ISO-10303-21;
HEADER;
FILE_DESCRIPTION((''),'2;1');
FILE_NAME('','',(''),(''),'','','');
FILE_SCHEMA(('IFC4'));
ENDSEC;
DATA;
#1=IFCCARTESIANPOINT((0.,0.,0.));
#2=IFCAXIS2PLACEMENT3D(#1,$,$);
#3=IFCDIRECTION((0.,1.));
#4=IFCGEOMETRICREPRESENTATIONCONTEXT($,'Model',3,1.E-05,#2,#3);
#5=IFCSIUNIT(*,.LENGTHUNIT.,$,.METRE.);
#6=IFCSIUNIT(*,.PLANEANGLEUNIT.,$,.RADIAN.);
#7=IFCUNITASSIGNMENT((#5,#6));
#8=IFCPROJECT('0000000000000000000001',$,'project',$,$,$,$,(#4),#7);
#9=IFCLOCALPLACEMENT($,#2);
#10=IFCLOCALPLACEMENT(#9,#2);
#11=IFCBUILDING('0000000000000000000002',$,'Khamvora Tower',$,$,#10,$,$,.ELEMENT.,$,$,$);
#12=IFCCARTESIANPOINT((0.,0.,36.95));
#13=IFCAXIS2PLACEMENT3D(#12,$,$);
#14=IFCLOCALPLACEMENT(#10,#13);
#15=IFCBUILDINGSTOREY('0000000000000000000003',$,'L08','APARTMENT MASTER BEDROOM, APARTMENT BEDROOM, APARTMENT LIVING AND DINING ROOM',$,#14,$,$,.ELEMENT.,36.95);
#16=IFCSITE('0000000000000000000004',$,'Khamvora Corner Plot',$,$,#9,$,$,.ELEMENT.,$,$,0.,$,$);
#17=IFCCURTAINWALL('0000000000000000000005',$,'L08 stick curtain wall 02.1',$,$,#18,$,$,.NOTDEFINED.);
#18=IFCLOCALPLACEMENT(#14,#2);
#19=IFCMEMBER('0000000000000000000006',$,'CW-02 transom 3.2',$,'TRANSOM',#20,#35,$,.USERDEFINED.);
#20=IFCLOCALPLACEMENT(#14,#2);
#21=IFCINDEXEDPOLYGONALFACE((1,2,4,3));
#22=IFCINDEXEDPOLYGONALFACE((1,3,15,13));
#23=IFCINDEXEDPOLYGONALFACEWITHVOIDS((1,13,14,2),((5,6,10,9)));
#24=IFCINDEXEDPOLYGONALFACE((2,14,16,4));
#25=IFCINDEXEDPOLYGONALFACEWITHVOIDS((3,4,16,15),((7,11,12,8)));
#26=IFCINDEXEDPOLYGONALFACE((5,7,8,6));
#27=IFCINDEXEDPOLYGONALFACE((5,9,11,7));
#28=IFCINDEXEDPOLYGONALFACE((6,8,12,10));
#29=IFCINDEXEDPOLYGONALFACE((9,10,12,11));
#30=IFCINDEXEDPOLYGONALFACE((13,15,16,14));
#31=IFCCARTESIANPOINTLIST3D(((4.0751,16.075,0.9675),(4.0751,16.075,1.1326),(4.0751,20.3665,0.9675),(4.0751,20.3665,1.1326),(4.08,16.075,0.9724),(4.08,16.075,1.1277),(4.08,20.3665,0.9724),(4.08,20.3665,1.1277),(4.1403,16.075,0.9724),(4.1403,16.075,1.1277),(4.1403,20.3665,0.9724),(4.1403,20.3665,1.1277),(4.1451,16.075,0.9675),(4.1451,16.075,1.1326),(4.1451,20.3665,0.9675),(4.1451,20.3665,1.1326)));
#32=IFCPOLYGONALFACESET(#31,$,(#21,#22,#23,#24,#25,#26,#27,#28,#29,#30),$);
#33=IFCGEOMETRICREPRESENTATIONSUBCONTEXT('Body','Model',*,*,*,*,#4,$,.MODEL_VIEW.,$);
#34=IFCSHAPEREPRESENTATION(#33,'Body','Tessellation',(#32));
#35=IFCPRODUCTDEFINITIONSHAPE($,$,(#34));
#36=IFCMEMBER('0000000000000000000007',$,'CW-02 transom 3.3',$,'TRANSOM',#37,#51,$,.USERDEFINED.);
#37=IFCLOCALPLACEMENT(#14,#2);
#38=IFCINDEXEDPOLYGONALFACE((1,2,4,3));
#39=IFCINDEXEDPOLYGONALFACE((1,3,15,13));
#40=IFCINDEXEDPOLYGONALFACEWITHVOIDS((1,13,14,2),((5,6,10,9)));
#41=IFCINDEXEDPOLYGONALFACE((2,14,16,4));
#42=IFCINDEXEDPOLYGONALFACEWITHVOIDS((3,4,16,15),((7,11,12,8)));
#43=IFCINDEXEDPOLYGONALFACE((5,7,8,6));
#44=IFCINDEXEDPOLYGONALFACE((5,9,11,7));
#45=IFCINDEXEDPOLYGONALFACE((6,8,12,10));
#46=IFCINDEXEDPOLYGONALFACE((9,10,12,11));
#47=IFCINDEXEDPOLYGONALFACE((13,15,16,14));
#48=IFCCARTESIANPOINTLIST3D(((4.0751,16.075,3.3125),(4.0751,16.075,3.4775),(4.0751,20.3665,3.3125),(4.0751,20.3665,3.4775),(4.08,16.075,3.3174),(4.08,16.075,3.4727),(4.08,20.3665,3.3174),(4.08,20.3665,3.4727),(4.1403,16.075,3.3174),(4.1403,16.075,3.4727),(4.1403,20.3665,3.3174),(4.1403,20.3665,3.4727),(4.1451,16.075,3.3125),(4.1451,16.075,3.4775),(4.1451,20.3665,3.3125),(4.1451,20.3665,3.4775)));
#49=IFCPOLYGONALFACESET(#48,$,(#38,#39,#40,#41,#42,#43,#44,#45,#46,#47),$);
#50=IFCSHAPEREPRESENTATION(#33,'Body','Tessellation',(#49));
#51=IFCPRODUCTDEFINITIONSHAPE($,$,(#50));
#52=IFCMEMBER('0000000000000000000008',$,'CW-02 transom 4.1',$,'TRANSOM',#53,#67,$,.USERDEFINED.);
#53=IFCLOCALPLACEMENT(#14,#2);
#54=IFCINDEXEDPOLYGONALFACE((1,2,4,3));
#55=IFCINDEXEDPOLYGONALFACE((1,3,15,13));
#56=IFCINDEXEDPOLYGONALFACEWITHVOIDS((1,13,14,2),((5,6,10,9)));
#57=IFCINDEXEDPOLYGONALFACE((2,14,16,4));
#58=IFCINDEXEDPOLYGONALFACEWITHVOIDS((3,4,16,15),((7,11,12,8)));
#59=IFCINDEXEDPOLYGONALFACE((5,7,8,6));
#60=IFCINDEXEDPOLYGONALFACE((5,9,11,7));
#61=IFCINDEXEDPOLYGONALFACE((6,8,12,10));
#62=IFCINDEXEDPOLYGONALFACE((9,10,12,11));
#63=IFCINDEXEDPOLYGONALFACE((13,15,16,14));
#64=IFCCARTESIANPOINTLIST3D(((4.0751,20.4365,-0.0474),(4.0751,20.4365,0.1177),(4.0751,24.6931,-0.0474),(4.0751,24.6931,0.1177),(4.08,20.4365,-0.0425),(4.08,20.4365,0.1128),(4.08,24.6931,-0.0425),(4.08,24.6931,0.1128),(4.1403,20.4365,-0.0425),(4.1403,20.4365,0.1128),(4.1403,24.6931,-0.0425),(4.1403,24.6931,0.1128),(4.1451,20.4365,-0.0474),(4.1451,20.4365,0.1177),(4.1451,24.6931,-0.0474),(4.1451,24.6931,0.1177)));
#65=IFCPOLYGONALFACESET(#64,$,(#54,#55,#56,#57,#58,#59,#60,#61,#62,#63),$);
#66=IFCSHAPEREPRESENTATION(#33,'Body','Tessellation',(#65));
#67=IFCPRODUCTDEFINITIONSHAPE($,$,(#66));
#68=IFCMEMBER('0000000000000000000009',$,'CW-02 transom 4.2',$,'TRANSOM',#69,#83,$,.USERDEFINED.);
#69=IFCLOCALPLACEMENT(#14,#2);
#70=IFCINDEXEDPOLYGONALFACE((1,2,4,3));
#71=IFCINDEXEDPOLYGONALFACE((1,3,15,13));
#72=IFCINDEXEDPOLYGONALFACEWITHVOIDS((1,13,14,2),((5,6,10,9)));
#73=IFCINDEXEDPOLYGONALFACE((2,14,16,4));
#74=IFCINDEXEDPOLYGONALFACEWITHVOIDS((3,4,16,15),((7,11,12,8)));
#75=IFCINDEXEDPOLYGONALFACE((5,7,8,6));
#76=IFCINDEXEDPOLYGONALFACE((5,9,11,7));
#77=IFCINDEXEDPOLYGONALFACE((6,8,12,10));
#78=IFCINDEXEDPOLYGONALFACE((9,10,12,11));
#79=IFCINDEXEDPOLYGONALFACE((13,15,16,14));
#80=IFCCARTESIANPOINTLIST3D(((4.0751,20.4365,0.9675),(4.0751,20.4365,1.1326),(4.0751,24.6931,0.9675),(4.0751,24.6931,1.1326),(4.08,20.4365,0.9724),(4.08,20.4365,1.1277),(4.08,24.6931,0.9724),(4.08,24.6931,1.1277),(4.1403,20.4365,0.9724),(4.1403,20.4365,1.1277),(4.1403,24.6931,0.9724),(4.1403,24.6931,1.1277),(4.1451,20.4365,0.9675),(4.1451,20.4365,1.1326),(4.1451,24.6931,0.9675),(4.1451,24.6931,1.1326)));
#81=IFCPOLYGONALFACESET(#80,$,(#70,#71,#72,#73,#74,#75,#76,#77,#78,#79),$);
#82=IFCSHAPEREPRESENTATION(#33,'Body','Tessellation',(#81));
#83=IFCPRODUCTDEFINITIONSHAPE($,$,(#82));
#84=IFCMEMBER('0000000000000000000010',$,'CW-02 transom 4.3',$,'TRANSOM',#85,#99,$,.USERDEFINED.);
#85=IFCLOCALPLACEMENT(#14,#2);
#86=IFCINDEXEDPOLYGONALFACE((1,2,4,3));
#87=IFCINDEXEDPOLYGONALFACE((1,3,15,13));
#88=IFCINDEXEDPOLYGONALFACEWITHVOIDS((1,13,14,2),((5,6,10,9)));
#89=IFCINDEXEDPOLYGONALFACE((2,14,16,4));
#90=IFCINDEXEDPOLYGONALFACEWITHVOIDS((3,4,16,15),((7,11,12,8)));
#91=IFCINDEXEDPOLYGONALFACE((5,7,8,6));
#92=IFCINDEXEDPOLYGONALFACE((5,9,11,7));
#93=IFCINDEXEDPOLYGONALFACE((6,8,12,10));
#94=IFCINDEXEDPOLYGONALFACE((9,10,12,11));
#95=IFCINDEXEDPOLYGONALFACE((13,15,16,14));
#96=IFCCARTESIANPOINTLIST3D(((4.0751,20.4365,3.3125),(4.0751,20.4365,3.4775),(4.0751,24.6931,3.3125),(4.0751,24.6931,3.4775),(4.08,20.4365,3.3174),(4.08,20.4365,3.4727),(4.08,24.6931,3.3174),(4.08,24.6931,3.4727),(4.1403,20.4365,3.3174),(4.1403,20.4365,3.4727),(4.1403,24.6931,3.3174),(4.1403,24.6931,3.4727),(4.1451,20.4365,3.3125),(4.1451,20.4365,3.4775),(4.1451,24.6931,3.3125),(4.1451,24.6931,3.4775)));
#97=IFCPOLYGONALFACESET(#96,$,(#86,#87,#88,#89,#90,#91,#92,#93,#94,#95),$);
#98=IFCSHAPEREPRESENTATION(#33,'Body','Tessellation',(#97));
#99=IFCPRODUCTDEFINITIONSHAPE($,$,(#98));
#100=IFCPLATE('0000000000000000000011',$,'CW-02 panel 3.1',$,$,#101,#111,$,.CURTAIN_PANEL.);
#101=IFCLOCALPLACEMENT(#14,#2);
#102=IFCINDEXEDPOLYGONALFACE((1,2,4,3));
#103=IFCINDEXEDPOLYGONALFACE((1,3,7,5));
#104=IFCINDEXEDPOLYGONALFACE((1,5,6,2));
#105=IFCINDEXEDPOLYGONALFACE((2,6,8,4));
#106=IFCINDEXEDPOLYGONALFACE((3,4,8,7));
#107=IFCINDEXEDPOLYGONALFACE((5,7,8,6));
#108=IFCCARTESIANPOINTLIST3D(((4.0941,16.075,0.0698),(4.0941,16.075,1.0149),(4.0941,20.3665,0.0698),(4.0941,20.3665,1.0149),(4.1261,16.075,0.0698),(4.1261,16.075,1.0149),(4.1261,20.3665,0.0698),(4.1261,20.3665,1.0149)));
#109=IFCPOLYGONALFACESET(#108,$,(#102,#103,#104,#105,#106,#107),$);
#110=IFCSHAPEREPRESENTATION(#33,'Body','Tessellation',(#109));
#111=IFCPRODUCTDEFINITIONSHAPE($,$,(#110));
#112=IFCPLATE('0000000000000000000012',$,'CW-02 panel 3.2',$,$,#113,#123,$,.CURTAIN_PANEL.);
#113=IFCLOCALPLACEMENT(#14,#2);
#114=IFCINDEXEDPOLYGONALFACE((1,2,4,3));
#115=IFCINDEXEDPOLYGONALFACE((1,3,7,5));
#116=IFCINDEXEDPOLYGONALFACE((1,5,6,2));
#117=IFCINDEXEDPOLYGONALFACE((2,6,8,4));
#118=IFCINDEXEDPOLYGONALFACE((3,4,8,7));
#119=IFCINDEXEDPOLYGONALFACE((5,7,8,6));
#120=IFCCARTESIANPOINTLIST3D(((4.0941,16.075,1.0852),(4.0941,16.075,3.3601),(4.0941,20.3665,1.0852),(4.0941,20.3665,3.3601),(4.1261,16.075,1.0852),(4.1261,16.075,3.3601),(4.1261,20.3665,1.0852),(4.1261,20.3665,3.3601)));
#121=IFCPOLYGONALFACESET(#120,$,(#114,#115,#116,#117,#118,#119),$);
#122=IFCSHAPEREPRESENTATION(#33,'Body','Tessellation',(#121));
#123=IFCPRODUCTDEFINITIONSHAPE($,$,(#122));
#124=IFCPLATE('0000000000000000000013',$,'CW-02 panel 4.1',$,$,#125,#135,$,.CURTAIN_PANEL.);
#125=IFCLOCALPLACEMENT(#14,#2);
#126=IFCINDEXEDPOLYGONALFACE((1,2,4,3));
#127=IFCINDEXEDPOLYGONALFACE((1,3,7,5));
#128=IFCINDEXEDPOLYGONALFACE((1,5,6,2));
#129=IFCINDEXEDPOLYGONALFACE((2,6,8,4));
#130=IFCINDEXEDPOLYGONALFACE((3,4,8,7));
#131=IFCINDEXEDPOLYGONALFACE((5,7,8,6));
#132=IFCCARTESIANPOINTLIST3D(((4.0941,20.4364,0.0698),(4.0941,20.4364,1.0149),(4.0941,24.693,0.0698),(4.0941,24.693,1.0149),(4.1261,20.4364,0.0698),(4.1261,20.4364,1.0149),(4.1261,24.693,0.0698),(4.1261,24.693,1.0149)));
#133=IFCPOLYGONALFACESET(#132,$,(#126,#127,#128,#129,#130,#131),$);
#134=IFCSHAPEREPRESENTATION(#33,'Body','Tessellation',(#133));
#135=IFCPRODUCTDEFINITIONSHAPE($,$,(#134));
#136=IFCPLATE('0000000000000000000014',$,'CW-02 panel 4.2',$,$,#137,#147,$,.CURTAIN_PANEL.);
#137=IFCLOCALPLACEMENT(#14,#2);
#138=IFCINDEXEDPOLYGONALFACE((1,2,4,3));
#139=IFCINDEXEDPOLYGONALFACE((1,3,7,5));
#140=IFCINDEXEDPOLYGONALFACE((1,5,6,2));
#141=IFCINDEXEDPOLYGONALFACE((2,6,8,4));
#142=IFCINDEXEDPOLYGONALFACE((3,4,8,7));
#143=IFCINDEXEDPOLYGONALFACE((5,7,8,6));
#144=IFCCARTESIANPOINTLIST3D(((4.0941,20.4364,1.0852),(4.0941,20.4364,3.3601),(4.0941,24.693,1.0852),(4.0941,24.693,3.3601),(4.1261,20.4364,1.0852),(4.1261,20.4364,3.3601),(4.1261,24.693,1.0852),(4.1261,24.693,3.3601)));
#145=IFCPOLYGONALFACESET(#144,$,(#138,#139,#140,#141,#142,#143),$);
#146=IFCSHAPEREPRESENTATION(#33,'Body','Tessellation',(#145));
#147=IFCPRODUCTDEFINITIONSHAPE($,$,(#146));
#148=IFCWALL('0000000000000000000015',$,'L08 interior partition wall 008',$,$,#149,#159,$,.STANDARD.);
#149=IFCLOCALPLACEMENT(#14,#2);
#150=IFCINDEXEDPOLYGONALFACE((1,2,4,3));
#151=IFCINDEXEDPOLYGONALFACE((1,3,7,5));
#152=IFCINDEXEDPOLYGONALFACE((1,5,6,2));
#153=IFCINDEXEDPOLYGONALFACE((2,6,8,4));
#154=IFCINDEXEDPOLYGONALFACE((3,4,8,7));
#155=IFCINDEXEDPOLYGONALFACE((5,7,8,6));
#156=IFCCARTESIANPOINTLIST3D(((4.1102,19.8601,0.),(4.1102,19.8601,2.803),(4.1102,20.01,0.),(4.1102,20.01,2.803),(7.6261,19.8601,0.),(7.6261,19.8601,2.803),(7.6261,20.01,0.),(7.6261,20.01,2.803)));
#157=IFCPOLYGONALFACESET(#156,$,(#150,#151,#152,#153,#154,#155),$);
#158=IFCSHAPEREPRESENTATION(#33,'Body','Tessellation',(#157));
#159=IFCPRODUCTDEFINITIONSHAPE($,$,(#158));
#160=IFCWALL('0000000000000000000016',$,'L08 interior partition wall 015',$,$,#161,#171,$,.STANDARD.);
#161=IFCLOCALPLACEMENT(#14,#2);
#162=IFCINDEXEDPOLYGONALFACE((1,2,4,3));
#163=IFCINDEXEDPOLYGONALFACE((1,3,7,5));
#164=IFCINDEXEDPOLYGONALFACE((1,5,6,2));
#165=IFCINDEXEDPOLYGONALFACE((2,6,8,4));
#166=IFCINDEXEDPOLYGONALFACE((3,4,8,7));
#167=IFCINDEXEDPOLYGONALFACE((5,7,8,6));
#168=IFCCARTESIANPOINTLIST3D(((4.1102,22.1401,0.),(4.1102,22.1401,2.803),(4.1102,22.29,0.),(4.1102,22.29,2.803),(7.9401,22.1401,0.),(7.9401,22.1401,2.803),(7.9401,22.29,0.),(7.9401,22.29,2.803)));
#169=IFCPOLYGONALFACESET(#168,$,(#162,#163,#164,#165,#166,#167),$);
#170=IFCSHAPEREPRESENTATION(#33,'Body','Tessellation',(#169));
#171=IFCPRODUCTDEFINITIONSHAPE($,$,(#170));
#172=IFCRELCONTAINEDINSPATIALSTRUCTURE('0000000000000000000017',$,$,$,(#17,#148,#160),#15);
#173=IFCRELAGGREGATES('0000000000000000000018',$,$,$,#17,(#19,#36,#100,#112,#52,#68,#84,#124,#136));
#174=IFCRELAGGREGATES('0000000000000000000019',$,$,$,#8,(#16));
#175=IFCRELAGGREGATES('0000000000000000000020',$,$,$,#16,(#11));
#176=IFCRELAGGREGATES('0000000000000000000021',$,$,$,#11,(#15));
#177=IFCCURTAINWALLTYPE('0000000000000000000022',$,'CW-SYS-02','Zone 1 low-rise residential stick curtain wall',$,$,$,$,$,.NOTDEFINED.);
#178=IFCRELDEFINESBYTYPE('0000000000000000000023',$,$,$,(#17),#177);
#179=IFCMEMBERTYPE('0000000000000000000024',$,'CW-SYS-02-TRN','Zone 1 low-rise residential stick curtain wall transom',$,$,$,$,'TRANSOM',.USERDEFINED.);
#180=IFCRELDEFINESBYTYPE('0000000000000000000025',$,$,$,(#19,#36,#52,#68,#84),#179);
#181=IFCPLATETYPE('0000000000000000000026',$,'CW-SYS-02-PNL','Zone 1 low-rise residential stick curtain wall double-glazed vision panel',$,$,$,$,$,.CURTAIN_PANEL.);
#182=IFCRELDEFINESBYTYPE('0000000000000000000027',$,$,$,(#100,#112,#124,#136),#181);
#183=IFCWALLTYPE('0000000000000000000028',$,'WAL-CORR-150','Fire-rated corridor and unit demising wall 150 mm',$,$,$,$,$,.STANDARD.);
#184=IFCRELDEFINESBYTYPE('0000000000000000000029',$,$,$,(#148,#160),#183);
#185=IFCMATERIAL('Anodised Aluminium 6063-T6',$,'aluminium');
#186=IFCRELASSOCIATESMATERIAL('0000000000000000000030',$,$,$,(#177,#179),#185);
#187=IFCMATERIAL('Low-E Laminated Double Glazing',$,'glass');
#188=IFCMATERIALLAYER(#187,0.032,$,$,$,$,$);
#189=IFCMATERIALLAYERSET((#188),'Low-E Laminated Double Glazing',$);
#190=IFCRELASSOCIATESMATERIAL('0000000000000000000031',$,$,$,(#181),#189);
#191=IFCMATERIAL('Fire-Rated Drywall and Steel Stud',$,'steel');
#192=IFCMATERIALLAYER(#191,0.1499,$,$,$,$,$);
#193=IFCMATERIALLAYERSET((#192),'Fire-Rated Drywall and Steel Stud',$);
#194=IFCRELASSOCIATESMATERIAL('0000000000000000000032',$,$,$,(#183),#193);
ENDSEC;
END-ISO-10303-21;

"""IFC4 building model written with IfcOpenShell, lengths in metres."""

from ifc_helpers import new_model, si_unit, direction, frame, frame_2d, origin, origin_2d, place, context, subcontext, project, spatial, rectangle, hollow_rectangle, extrude, material, layer, layer_set, material_profile, profile_set, type_object, element, aggregate, save


model = new_model("IFC4")

# Units and contexts
model_context = context("Model", 3, precision=1e-05, world=origin(), true_north=direction((0.0, 1.0)))
body_context = subcontext(model_context, "Body", "Model", "MODEL_VIEW")
ifc_project = project(units=[si_unit("LENGTHUNIT", "METRE"), si_unit("PLANEANGLEUNIT", "RADIAN")], contexts=[model_context])

# Site, building, storey
site_placement = place(None, origin())
site = spatial("IfcSite", under=ifc_project, at=site_placement, Name="Khamvora Corner Plot", CompositionType="ELEMENT", RefElevation=0.0)
building_placement = place(site_placement, origin())
building = spatial("IfcBuilding", under=site, at=building_placement, Name="Khamvora Tower", CompositionType="ELEMENT")
storey_placement = place(building_placement, frame((0.0, 0.0, 36.95)))
storey = spatial("IfcBuildingStorey", under=building, at=storey_placement, Name="L08", Description="APARTMENT MASTER BEDROOM, APARTMENT BEDROOM, APARTMENT LIVING AND DINING ROOM", CompositionType="ELEMENT", Elevation=36.95)

# Curtain wall, members, plates
ifc_material_1 = material(Name="Anodised Aluminium 6063-T6", Category="aluminium")
curtain_wall_type = type_object("IfcCurtainWallType", Name="CW-SYS-02", Description="Zone 1 low-rise residential stick curtain wall", PredefinedType="NOTDEFINED", material=ifc_material_1)
curtain_wall_placement = place(storey_placement, origin())
curtain_wall = element("IfcCurtainWall", 1, at=curtain_wall_placement, inside=storey, type_object=curtain_wall_type, Name="L08 stick curtain wall 02.1", PredefinedType="NOTDEFINED")
ifc_material_profile_1 = material_profile(ifc_material_1, hollow_rectangle(XDim=0.0701, YDim=0.165, WallThickness=0.0049, at=origin_2d()), Name="TRN70x165x5")
ifc_profile_set_1 = profile_set([ifc_material_profile_1], Name="Anodised Aluminium 6063-T6")
member_type_1 = type_object("IfcMemberType", Name="CW-SYS-02-TRN", Description="Zone 1 low-rise residential stick curtain wall transom", ElementType="TRANSOM", PredefinedType="USERDEFINED", material=ifc_profile_set_1)
member_1_placement = place(storey_placement, frame((4.1101, 16.075, 1.05), z_axis=(0.0, 1.0, 0.0), x_axis=(-1.0, 0.0, 0.0)))
member_1 = element("IfcMember", 2, at=member_1_placement, type_object=member_type_1, Name="CW-02 transom 3.2", ObjectType="TRANSOM", PredefinedType="USERDEFINED", context=body_context, shape_type="SweptSolid", body=[
    extrude(hollow_rectangle(XDim=0.0701, YDim=0.165, WallThickness=0.0049, at=origin_2d()), origin(), (0.0, 0.0, 1.0), 4.2915),
])
member_2_placement = place(storey_placement, frame((4.1101, 16.075, 3.395), z_axis=(0.0, 1.0, 0.0), x_axis=(-1.0, 0.0, 0.0)))
member_2 = element("IfcMember", 3, at=member_2_placement, type_object=member_type_1, Name="CW-02 transom 3.3", ObjectType="TRANSOM", PredefinedType="USERDEFINED", context=body_context, shape_type="SweptSolid", body=[
    extrude(hollow_rectangle(XDim=0.0701, YDim=0.165, WallThickness=0.0049, at=origin_2d()), origin(), (0.0, 0.0, 1.0), 4.2915),
])
member_3_placement = place(storey_placement, frame((4.1101, 20.4365, 0.0352), z_axis=(0.0, 1.0, 0.0), x_axis=(-1.0, 0.0, 0.0)))
member_3 = element("IfcMember", 4, at=member_3_placement, type_object=member_type_1, Name="CW-02 transom 4.1", ObjectType="TRANSOM", PredefinedType="USERDEFINED", context=body_context, shape_type="SweptSolid", body=[
    extrude(hollow_rectangle(XDim=0.0701, YDim=0.165, WallThickness=0.0049, at=origin_2d()), origin(), (0.0, 0.0, 1.0), 4.2566),
])
member_4_placement = place(storey_placement, frame((4.1101, 20.4365, 1.05), z_axis=(0.0, 1.0, 0.0), x_axis=(-1.0, 0.0, 0.0)))
member_4 = element("IfcMember", 5, at=member_4_placement, type_object=member_type_1, Name="CW-02 transom 4.2", ObjectType="TRANSOM", PredefinedType="USERDEFINED", context=body_context, shape_type="SweptSolid", body=[
    extrude(hollow_rectangle(XDim=0.0701, YDim=0.165, WallThickness=0.0049, at=origin_2d()), origin(), (0.0, 0.0, 1.0), 4.2566),
])
member_5_placement = place(storey_placement, frame((4.1101, 20.4365, 3.395), z_axis=(0.0, 1.0, 0.0), x_axis=(-1.0, 0.0, 0.0)))
member_5 = element("IfcMember", 6, at=member_5_placement, type_object=member_type_1, Name="CW-02 transom 4.3", ObjectType="TRANSOM", PredefinedType="USERDEFINED", context=body_context, shape_type="SweptSolid", body=[
    extrude(hollow_rectangle(XDim=0.0701, YDim=0.165, WallThickness=0.0049, at=origin_2d()), origin(), (0.0, 0.0, 1.0), 4.2566),
])
ifc_material_2 = material(Name="Low-E Laminated Double Glazing", Category="glass")
ifc_layer_1 = layer(ifc_material_2, 0.032)
ifc_layer_set_1 = layer_set([ifc_layer_1], Name="Low-E Laminated Double Glazing")
plate_type = type_object("IfcPlateType", Name="CW-SYS-02-PNL", Description="Zone 1 low-rise residential stick curtain wall double-glazed vision panel", PredefinedType="CURTAIN_PANEL", material=ifc_layer_set_1)
plate_1_placement = place(storey_placement, frame((4.1101, 18.2207, 0.0698), z_axis=(0.0, 0.0, 1.0), x_axis=(0.0, 1.0, 0.0)))
plate_1 = element("IfcPlate", 7, at=plate_1_placement, type_object=plate_type, Name="CW-02 panel 3.1", PredefinedType="CURTAIN_PANEL", context=body_context, shape_type="SweptSolid", body=[
    extrude(rectangle(XDim=4.2915, YDim=0.032, at=origin_2d()), origin(), (0.0, 0.0, 1.0), 0.9451),
])
plate_2_placement = place(storey_placement, frame((4.1101, 18.2207, 1.0852), z_axis=(0.0, 0.0, 1.0), x_axis=(0.0, 1.0, 0.0)))
plate_2 = element("IfcPlate", 8, at=plate_2_placement, type_object=plate_type, Name="CW-02 panel 3.2", PredefinedType="CURTAIN_PANEL", context=body_context, shape_type="SweptSolid", body=[
    extrude(rectangle(XDim=4.2915, YDim=0.032, at=origin_2d()), origin(), (0.0, 0.0, 1.0), 2.2749),
])
plate_3_placement = place(storey_placement, frame((4.1101, 22.5647, 0.0698), z_axis=(0.0, 0.0, 1.0), x_axis=(0.0, 1.0, 0.0)))
plate_3 = element("IfcPlate", 9, at=plate_3_placement, type_object=plate_type, Name="CW-02 panel 4.1", PredefinedType="CURTAIN_PANEL", context=body_context, shape_type="SweptSolid", body=[
    extrude(rectangle(XDim=4.2566, YDim=0.032, at=origin_2d()), origin(), (0.0, 0.0, 1.0), 0.9451),
])
plate_4_placement = place(storey_placement, frame((4.1101, 22.5647, 1.0852), z_axis=(0.0, 0.0, 1.0), x_axis=(0.0, 1.0, 0.0)))
plate_4 = element("IfcPlate", 10, at=plate_4_placement, type_object=plate_type, Name="CW-02 panel 4.2", PredefinedType="CURTAIN_PANEL", context=body_context, shape_type="SweptSolid", body=[
    extrude(rectangle(XDim=4.2566, YDim=0.032, at=origin_2d()), origin(), (0.0, 0.0, 1.0), 2.2749),
])
aggregate(curtain_wall, [member_1, member_2, plate_1, plate_2, member_3, member_4, member_5, plate_3, plate_4])

# Wall
ifc_material_3 = material(Name="Fire-Rated Drywall and Steel Stud", Category="steel")
ifc_layer_2 = layer(ifc_material_3, 0.1499)
ifc_layer_set_2 = layer_set([ifc_layer_2], Name="Fire-Rated Drywall and Steel Stud")
wall_type_1 = type_object("IfcWallType", Name="WAL-CORR-150", Description="Fire-rated corridor and unit demising wall 150 mm", PredefinedType="STANDARD", material=ifc_layer_set_2)
wall_1_placement = place(storey_placement, frame((7.626, 19.9351, 0.0), z_axis=(0.0, 0.0, 1.0), x_axis=(-1.0, 0.0, 0.0)))
element("IfcWall", 11, at=wall_1_placement, inside=storey, type_object=wall_type_1, Name="L08 interior partition wall 008", PredefinedType="STANDARD", context=body_context, shape_type="SweptSolid", body=[
    extrude(rectangle(XDim=3.5159, YDim=0.1499, at=frame_2d((1.7578, 0.0))), origin(), (0.0, 0.0, 1.0), 2.803),
])

# Wall
wall_2_placement = place(storey_placement, frame((4.1101, 22.2151, 0.0), z_axis=(0.0, 0.0, 1.0), x_axis=(1.0, 0.0, 0.0)))
element("IfcWall", 12, at=wall_2_placement, inside=storey, type_object=wall_type_1, Name="L08 interior partition wall 015", PredefinedType="STANDARD", context=body_context, shape_type="SweptSolid", body=[
    extrude(rectangle(XDim=3.8298, YDim=0.1499, at=frame_2d((1.915, 0.0))), origin(), (0.0, 0.0, 1.0), 2.803),
])

save(model, "model.ifc")
